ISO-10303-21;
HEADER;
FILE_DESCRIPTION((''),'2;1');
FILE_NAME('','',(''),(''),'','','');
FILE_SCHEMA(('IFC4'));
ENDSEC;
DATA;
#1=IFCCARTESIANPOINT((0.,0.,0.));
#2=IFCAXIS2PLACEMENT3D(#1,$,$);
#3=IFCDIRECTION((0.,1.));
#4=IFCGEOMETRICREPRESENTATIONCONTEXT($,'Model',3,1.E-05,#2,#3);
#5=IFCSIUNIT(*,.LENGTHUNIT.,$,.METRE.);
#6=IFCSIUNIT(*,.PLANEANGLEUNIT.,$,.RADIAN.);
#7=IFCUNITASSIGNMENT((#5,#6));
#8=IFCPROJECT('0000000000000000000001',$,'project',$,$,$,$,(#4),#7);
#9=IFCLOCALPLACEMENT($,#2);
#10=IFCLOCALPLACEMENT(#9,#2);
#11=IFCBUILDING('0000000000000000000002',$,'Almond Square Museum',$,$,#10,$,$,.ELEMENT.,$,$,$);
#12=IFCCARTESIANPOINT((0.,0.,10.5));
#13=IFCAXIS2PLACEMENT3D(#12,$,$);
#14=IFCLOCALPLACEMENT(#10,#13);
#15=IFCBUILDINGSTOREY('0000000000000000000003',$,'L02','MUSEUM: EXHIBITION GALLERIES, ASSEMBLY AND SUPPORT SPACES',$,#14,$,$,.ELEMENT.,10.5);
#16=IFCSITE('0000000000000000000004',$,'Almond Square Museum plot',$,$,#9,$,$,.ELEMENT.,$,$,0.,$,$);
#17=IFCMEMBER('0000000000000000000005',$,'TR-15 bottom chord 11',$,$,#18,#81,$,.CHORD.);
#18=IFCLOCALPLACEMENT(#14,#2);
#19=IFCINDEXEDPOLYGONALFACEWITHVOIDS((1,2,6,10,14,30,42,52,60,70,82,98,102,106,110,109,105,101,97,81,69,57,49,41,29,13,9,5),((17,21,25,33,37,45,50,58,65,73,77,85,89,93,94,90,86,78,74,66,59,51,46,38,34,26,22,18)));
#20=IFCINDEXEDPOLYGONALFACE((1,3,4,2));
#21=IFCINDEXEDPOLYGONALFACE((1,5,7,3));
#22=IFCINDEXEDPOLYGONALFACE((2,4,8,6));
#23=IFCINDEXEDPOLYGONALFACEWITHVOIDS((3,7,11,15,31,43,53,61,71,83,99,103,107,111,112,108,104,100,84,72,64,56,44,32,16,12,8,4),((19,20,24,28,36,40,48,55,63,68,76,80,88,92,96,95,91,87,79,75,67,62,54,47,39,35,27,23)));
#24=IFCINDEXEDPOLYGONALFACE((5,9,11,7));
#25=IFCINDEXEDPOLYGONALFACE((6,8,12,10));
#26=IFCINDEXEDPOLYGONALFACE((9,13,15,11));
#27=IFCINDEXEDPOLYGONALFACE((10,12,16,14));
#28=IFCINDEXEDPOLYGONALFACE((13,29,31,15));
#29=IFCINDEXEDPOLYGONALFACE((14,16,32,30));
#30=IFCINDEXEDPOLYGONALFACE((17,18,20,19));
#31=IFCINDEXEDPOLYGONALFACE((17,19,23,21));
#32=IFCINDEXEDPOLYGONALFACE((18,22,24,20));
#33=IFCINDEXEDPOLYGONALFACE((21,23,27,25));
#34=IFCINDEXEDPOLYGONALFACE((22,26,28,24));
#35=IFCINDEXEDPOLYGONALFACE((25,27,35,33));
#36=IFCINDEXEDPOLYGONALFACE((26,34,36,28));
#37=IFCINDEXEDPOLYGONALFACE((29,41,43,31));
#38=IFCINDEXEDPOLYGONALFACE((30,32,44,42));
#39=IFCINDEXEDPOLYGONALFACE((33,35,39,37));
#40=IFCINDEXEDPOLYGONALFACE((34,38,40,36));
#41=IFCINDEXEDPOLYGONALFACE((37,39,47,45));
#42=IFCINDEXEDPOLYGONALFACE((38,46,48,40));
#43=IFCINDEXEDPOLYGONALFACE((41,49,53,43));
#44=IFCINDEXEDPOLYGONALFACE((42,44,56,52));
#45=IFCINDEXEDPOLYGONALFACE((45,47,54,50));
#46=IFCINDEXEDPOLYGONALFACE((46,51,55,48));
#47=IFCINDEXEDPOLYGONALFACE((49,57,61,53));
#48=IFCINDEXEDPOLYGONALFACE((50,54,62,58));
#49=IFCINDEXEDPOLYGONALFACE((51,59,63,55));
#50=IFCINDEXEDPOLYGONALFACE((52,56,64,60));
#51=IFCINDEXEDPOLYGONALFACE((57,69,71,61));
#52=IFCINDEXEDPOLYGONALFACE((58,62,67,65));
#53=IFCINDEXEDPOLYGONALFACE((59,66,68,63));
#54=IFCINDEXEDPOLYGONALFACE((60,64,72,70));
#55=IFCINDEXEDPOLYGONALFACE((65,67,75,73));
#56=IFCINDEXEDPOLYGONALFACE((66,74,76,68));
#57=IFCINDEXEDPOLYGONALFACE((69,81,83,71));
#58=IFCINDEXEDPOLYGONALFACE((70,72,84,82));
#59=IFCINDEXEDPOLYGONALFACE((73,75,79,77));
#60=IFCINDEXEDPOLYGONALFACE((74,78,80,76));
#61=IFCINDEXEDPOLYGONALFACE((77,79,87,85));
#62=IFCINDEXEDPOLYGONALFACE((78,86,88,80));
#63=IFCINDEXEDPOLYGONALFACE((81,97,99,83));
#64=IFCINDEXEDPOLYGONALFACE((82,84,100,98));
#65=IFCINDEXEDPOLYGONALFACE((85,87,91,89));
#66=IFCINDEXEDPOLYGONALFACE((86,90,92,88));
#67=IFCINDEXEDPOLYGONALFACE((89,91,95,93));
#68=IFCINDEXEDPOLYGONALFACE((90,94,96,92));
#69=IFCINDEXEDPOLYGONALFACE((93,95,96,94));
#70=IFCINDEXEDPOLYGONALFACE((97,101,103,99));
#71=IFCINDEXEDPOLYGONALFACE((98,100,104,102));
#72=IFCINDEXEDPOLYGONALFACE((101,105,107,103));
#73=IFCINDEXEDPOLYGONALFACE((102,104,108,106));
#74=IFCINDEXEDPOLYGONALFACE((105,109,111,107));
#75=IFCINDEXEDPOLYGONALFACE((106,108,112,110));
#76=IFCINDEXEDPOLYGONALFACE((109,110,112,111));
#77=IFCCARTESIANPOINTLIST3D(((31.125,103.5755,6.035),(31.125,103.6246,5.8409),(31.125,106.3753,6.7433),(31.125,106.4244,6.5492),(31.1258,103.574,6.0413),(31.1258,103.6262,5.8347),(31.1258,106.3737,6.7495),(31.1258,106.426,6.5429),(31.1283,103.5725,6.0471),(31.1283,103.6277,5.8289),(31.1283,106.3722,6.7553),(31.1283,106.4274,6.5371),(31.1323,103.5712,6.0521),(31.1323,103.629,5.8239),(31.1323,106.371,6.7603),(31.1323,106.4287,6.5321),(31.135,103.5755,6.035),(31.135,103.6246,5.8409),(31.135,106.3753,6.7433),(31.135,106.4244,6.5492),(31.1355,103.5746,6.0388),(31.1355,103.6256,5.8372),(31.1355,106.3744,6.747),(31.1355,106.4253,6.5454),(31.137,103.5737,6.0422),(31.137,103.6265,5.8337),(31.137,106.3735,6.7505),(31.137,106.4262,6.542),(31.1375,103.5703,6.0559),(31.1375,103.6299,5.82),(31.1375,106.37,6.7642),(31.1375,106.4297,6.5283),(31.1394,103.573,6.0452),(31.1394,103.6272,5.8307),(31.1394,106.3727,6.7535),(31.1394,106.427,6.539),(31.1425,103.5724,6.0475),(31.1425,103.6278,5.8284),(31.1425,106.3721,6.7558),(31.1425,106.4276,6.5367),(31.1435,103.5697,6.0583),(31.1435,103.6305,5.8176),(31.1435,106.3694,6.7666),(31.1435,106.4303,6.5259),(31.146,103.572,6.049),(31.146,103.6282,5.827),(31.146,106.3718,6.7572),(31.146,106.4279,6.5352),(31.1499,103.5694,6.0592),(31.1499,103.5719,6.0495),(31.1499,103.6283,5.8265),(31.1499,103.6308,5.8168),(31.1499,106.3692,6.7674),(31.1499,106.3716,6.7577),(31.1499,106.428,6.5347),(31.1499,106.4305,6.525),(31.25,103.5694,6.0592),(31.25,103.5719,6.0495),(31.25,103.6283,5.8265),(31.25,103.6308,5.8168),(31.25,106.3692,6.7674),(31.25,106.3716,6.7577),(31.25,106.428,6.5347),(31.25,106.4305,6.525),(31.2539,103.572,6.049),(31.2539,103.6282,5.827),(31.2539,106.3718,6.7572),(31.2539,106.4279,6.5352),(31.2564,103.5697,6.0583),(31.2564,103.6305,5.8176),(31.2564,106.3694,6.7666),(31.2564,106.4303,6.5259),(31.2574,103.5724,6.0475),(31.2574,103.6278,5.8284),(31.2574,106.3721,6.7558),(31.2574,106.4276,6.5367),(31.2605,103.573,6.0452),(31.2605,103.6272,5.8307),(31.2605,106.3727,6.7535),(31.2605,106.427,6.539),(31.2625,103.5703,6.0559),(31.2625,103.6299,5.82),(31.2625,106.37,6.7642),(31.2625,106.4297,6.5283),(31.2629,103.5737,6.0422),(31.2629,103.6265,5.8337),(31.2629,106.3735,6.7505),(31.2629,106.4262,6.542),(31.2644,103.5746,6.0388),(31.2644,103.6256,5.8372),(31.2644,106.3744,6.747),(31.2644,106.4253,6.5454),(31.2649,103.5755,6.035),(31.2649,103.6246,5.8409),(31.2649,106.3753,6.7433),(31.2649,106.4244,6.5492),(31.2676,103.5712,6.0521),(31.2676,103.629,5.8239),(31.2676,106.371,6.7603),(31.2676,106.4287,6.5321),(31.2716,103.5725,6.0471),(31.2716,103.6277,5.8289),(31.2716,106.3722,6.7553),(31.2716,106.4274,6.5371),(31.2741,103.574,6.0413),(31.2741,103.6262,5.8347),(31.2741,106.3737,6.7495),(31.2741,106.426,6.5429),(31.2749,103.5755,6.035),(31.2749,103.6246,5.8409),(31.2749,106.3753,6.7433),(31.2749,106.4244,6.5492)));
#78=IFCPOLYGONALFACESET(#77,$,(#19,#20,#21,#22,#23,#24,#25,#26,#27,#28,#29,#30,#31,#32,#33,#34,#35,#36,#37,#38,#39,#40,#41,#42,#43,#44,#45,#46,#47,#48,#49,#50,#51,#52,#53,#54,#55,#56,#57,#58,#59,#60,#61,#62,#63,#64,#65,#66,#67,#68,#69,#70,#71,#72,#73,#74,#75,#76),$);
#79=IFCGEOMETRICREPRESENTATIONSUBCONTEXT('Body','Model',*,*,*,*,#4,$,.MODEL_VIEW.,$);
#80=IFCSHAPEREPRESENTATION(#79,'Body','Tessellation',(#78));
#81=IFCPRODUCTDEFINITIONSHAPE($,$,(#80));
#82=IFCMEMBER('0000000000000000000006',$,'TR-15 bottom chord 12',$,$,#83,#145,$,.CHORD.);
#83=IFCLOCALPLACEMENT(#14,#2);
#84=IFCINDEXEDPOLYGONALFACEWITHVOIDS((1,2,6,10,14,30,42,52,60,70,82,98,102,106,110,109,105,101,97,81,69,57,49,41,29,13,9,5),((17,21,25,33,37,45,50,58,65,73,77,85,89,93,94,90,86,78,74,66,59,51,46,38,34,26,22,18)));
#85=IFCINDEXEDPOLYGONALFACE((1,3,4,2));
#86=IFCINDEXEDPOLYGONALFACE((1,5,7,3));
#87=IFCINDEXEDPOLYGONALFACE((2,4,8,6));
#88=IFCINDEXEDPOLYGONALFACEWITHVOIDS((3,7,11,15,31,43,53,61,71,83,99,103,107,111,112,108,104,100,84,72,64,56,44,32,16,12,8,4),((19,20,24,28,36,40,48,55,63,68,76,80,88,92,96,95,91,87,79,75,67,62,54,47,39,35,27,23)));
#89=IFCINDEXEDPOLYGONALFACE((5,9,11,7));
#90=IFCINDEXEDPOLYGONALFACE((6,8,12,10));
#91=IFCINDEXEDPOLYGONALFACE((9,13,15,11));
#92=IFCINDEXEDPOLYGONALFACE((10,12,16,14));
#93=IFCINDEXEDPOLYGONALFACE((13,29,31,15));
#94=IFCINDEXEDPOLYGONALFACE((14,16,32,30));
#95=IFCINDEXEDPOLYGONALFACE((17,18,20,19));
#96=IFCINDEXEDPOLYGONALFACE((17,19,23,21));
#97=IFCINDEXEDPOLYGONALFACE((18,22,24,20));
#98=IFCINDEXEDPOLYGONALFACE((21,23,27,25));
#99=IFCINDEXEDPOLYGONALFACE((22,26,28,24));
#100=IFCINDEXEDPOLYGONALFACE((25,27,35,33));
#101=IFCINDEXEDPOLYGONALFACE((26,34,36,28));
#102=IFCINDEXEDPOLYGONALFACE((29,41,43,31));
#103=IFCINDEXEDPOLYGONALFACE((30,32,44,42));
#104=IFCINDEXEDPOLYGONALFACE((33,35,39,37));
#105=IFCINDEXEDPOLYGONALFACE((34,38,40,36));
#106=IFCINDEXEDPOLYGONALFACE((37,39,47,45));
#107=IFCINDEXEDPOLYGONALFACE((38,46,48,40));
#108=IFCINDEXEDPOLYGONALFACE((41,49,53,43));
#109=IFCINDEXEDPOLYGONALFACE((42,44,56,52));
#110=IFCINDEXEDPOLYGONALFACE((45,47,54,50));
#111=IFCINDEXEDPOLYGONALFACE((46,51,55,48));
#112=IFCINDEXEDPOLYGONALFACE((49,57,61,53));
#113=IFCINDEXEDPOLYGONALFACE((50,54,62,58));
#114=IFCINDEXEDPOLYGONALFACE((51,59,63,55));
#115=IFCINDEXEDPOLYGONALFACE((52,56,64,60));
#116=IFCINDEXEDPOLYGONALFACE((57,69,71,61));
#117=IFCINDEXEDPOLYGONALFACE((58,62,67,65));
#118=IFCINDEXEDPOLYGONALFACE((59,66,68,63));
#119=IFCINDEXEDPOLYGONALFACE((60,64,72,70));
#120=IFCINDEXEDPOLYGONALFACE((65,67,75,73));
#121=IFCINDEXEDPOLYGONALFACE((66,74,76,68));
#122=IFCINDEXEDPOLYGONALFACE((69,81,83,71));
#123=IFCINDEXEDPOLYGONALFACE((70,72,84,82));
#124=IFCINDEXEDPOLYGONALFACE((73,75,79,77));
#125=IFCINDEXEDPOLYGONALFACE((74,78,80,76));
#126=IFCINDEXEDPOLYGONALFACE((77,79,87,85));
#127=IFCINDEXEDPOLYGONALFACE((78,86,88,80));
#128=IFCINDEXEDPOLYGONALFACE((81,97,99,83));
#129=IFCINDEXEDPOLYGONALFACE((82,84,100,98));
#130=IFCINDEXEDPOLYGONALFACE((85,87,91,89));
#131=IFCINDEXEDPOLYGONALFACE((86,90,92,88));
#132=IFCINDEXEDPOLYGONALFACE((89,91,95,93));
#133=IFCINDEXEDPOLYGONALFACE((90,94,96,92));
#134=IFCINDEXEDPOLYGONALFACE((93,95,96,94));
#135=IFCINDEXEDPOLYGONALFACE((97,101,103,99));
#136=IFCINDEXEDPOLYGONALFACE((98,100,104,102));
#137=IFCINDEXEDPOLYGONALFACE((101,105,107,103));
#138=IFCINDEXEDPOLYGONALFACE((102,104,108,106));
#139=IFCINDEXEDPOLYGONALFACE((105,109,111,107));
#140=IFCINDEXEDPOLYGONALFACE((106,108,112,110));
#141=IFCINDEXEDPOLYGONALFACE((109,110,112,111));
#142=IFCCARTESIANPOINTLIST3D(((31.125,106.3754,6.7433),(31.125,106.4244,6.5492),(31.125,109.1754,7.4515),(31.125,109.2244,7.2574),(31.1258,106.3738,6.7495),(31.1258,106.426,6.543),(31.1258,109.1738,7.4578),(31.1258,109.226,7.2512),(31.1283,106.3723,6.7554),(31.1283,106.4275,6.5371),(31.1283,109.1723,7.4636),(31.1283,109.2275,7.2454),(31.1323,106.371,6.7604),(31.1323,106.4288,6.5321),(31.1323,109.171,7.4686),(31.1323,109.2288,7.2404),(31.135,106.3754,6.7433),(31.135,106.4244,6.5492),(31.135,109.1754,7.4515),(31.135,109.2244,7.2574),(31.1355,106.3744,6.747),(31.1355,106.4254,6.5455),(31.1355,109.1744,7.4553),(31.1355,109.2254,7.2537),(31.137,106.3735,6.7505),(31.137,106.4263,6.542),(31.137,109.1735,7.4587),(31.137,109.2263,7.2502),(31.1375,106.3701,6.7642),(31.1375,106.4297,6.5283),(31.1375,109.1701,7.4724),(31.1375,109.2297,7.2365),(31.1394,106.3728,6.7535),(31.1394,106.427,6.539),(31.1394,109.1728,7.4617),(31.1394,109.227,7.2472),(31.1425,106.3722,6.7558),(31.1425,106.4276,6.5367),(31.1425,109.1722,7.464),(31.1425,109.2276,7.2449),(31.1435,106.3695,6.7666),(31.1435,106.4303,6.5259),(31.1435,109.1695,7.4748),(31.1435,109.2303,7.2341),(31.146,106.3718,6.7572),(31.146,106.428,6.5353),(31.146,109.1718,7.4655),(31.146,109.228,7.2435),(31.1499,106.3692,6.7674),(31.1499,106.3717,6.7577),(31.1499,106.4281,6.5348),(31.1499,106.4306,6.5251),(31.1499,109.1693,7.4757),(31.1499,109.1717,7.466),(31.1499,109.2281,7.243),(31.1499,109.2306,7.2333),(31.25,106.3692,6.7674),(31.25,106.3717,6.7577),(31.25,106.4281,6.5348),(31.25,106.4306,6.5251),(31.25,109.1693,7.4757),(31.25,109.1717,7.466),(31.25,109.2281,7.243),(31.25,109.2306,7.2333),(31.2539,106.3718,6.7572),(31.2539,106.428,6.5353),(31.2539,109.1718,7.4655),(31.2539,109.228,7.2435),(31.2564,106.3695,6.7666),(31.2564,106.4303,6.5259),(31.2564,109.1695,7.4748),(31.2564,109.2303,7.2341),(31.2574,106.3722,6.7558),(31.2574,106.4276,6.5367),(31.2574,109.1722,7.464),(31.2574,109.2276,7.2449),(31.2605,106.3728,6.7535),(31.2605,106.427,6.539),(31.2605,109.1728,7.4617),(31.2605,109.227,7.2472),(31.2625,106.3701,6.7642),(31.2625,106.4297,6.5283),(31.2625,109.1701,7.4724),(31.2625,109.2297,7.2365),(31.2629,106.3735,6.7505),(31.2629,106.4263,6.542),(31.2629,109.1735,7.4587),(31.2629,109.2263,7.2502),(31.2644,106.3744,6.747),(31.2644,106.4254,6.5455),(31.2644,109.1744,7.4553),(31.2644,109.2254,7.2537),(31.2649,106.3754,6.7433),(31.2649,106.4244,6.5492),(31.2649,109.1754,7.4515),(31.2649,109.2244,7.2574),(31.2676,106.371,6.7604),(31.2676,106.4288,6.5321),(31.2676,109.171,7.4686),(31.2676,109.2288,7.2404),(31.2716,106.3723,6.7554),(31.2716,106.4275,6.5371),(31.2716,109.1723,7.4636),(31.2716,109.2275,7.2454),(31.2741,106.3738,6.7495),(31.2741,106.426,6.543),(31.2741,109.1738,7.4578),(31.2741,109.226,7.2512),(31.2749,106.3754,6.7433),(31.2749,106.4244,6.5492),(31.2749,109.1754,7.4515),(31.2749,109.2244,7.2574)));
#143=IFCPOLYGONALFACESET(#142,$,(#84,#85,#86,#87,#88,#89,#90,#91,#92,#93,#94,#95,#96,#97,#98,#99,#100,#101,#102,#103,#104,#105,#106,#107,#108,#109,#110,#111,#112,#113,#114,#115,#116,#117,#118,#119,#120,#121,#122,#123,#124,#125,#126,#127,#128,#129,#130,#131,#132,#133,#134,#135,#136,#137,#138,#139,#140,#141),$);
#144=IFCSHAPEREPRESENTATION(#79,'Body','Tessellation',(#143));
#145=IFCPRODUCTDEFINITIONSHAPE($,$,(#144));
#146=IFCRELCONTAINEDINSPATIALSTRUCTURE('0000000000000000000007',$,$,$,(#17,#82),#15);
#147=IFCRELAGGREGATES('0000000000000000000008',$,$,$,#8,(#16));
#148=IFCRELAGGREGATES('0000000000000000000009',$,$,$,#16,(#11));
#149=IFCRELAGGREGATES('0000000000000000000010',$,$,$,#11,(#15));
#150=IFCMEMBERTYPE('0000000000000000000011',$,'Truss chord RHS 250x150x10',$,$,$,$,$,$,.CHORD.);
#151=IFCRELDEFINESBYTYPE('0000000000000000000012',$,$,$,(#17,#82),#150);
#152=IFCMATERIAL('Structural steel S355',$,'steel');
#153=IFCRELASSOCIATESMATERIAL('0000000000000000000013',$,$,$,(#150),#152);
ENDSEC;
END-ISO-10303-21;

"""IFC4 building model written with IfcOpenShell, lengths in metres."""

from ifc_helpers import new_model, si_unit, direction, frame, origin, origin_2d, place, context, subcontext, project, spatial, hollow_rectangle, extrude, material, material_profile, profile_set, type_object, element, save


model = new_model("IFC4")

# Units and contexts
model_context = context("Model", 3, precision=1e-05, world=origin(), true_north=direction((0.0, 1.0)))
body_context = subcontext(model_context, "Body", "Model", "MODEL_VIEW")
ifc_project = project(units=[si_unit("LENGTHUNIT", "METRE"), si_unit("PLANEANGLEUNIT", "RADIAN")], contexts=[model_context])

# Site, building, storey
site_placement = place(None, origin())
site = spatial("IfcSite", under=ifc_project, at=site_placement, Name="Almond Square Museum plot", CompositionType="ELEMENT", RefElevation=0.0)
building_placement = place(site_placement, origin())
building = spatial("IfcBuilding", under=site, at=building_placement, Name="Almond Square Museum", CompositionType="ELEMENT")
storey_placement = place(building_placement, frame((0.0, 0.0, 10.5)))
storey = spatial("IfcBuildingStorey", under=building, at=storey_placement, Name="L02", Description="MUSEUM: EXHIBITION GALLERIES, ASSEMBLY AND SUPPORT SPACES", CompositionType="ELEMENT", Elevation=10.5)

# Members
ifc_material_1 = material(Name="Structural steel S355", Category="steel")
ifc_material_profile_1 = material_profile(ifc_material_1, hollow_rectangle(XDim=0.1499, YDim=0.25, WallThickness=0.01, InnerFilletRadius=0.0149, OuterFilletRadius=0.0249, at=origin_2d()))
ifc_profile_set_1 = profile_set([ifc_material_profile_1], Name="Structural steel S355")
member_type_1 = type_object("IfcMemberType", Name="Truss chord RHS 250x150x10", PredefinedType="CHORD", material=ifc_profile_set_1)
member_1_placement = place(storey_placement, frame((31.2, 103.6001, 5.938), z_axis=(0.0, 0.969462, 0.24524), x_axis=(-1.0, 0.0, 0.0)))
element("IfcMember", 1, at=member_1_placement, inside=storey, type_object=member_type_1, Name="TR-15 bottom chord 11", PredefinedType="CHORD", context=body_context, shape_type="SweptSolid", body=[
    extrude(hollow_rectangle(XDim=0.1499, YDim=0.25, WallThickness=0.01, InnerFilletRadius=0.0149, OuterFilletRadius=0.0249, at=origin_2d()), origin(), (0.0, 0.0, 1.0), 2.8879),
])
member_2_placement = place(storey_placement, frame((31.2, 106.3999, 6.6462), z_axis=(0.0, 0.969468, 0.24522), x_axis=(-1.0, 0.0, 0.0)))
element("IfcMember", 2, at=member_2_placement, inside=storey, type_object=member_type_1, Name="TR-15 bottom chord 12", PredefinedType="CHORD", context=body_context, shape_type="SweptSolid", body=[
    extrude(hollow_rectangle(XDim=0.1499, YDim=0.25, WallThickness=0.01, InnerFilletRadius=0.0149, OuterFilletRadius=0.0249, at=origin_2d()), origin(), (0.0, 0.0, 1.0), 2.8882),
])

save(model, "model.ifc")
